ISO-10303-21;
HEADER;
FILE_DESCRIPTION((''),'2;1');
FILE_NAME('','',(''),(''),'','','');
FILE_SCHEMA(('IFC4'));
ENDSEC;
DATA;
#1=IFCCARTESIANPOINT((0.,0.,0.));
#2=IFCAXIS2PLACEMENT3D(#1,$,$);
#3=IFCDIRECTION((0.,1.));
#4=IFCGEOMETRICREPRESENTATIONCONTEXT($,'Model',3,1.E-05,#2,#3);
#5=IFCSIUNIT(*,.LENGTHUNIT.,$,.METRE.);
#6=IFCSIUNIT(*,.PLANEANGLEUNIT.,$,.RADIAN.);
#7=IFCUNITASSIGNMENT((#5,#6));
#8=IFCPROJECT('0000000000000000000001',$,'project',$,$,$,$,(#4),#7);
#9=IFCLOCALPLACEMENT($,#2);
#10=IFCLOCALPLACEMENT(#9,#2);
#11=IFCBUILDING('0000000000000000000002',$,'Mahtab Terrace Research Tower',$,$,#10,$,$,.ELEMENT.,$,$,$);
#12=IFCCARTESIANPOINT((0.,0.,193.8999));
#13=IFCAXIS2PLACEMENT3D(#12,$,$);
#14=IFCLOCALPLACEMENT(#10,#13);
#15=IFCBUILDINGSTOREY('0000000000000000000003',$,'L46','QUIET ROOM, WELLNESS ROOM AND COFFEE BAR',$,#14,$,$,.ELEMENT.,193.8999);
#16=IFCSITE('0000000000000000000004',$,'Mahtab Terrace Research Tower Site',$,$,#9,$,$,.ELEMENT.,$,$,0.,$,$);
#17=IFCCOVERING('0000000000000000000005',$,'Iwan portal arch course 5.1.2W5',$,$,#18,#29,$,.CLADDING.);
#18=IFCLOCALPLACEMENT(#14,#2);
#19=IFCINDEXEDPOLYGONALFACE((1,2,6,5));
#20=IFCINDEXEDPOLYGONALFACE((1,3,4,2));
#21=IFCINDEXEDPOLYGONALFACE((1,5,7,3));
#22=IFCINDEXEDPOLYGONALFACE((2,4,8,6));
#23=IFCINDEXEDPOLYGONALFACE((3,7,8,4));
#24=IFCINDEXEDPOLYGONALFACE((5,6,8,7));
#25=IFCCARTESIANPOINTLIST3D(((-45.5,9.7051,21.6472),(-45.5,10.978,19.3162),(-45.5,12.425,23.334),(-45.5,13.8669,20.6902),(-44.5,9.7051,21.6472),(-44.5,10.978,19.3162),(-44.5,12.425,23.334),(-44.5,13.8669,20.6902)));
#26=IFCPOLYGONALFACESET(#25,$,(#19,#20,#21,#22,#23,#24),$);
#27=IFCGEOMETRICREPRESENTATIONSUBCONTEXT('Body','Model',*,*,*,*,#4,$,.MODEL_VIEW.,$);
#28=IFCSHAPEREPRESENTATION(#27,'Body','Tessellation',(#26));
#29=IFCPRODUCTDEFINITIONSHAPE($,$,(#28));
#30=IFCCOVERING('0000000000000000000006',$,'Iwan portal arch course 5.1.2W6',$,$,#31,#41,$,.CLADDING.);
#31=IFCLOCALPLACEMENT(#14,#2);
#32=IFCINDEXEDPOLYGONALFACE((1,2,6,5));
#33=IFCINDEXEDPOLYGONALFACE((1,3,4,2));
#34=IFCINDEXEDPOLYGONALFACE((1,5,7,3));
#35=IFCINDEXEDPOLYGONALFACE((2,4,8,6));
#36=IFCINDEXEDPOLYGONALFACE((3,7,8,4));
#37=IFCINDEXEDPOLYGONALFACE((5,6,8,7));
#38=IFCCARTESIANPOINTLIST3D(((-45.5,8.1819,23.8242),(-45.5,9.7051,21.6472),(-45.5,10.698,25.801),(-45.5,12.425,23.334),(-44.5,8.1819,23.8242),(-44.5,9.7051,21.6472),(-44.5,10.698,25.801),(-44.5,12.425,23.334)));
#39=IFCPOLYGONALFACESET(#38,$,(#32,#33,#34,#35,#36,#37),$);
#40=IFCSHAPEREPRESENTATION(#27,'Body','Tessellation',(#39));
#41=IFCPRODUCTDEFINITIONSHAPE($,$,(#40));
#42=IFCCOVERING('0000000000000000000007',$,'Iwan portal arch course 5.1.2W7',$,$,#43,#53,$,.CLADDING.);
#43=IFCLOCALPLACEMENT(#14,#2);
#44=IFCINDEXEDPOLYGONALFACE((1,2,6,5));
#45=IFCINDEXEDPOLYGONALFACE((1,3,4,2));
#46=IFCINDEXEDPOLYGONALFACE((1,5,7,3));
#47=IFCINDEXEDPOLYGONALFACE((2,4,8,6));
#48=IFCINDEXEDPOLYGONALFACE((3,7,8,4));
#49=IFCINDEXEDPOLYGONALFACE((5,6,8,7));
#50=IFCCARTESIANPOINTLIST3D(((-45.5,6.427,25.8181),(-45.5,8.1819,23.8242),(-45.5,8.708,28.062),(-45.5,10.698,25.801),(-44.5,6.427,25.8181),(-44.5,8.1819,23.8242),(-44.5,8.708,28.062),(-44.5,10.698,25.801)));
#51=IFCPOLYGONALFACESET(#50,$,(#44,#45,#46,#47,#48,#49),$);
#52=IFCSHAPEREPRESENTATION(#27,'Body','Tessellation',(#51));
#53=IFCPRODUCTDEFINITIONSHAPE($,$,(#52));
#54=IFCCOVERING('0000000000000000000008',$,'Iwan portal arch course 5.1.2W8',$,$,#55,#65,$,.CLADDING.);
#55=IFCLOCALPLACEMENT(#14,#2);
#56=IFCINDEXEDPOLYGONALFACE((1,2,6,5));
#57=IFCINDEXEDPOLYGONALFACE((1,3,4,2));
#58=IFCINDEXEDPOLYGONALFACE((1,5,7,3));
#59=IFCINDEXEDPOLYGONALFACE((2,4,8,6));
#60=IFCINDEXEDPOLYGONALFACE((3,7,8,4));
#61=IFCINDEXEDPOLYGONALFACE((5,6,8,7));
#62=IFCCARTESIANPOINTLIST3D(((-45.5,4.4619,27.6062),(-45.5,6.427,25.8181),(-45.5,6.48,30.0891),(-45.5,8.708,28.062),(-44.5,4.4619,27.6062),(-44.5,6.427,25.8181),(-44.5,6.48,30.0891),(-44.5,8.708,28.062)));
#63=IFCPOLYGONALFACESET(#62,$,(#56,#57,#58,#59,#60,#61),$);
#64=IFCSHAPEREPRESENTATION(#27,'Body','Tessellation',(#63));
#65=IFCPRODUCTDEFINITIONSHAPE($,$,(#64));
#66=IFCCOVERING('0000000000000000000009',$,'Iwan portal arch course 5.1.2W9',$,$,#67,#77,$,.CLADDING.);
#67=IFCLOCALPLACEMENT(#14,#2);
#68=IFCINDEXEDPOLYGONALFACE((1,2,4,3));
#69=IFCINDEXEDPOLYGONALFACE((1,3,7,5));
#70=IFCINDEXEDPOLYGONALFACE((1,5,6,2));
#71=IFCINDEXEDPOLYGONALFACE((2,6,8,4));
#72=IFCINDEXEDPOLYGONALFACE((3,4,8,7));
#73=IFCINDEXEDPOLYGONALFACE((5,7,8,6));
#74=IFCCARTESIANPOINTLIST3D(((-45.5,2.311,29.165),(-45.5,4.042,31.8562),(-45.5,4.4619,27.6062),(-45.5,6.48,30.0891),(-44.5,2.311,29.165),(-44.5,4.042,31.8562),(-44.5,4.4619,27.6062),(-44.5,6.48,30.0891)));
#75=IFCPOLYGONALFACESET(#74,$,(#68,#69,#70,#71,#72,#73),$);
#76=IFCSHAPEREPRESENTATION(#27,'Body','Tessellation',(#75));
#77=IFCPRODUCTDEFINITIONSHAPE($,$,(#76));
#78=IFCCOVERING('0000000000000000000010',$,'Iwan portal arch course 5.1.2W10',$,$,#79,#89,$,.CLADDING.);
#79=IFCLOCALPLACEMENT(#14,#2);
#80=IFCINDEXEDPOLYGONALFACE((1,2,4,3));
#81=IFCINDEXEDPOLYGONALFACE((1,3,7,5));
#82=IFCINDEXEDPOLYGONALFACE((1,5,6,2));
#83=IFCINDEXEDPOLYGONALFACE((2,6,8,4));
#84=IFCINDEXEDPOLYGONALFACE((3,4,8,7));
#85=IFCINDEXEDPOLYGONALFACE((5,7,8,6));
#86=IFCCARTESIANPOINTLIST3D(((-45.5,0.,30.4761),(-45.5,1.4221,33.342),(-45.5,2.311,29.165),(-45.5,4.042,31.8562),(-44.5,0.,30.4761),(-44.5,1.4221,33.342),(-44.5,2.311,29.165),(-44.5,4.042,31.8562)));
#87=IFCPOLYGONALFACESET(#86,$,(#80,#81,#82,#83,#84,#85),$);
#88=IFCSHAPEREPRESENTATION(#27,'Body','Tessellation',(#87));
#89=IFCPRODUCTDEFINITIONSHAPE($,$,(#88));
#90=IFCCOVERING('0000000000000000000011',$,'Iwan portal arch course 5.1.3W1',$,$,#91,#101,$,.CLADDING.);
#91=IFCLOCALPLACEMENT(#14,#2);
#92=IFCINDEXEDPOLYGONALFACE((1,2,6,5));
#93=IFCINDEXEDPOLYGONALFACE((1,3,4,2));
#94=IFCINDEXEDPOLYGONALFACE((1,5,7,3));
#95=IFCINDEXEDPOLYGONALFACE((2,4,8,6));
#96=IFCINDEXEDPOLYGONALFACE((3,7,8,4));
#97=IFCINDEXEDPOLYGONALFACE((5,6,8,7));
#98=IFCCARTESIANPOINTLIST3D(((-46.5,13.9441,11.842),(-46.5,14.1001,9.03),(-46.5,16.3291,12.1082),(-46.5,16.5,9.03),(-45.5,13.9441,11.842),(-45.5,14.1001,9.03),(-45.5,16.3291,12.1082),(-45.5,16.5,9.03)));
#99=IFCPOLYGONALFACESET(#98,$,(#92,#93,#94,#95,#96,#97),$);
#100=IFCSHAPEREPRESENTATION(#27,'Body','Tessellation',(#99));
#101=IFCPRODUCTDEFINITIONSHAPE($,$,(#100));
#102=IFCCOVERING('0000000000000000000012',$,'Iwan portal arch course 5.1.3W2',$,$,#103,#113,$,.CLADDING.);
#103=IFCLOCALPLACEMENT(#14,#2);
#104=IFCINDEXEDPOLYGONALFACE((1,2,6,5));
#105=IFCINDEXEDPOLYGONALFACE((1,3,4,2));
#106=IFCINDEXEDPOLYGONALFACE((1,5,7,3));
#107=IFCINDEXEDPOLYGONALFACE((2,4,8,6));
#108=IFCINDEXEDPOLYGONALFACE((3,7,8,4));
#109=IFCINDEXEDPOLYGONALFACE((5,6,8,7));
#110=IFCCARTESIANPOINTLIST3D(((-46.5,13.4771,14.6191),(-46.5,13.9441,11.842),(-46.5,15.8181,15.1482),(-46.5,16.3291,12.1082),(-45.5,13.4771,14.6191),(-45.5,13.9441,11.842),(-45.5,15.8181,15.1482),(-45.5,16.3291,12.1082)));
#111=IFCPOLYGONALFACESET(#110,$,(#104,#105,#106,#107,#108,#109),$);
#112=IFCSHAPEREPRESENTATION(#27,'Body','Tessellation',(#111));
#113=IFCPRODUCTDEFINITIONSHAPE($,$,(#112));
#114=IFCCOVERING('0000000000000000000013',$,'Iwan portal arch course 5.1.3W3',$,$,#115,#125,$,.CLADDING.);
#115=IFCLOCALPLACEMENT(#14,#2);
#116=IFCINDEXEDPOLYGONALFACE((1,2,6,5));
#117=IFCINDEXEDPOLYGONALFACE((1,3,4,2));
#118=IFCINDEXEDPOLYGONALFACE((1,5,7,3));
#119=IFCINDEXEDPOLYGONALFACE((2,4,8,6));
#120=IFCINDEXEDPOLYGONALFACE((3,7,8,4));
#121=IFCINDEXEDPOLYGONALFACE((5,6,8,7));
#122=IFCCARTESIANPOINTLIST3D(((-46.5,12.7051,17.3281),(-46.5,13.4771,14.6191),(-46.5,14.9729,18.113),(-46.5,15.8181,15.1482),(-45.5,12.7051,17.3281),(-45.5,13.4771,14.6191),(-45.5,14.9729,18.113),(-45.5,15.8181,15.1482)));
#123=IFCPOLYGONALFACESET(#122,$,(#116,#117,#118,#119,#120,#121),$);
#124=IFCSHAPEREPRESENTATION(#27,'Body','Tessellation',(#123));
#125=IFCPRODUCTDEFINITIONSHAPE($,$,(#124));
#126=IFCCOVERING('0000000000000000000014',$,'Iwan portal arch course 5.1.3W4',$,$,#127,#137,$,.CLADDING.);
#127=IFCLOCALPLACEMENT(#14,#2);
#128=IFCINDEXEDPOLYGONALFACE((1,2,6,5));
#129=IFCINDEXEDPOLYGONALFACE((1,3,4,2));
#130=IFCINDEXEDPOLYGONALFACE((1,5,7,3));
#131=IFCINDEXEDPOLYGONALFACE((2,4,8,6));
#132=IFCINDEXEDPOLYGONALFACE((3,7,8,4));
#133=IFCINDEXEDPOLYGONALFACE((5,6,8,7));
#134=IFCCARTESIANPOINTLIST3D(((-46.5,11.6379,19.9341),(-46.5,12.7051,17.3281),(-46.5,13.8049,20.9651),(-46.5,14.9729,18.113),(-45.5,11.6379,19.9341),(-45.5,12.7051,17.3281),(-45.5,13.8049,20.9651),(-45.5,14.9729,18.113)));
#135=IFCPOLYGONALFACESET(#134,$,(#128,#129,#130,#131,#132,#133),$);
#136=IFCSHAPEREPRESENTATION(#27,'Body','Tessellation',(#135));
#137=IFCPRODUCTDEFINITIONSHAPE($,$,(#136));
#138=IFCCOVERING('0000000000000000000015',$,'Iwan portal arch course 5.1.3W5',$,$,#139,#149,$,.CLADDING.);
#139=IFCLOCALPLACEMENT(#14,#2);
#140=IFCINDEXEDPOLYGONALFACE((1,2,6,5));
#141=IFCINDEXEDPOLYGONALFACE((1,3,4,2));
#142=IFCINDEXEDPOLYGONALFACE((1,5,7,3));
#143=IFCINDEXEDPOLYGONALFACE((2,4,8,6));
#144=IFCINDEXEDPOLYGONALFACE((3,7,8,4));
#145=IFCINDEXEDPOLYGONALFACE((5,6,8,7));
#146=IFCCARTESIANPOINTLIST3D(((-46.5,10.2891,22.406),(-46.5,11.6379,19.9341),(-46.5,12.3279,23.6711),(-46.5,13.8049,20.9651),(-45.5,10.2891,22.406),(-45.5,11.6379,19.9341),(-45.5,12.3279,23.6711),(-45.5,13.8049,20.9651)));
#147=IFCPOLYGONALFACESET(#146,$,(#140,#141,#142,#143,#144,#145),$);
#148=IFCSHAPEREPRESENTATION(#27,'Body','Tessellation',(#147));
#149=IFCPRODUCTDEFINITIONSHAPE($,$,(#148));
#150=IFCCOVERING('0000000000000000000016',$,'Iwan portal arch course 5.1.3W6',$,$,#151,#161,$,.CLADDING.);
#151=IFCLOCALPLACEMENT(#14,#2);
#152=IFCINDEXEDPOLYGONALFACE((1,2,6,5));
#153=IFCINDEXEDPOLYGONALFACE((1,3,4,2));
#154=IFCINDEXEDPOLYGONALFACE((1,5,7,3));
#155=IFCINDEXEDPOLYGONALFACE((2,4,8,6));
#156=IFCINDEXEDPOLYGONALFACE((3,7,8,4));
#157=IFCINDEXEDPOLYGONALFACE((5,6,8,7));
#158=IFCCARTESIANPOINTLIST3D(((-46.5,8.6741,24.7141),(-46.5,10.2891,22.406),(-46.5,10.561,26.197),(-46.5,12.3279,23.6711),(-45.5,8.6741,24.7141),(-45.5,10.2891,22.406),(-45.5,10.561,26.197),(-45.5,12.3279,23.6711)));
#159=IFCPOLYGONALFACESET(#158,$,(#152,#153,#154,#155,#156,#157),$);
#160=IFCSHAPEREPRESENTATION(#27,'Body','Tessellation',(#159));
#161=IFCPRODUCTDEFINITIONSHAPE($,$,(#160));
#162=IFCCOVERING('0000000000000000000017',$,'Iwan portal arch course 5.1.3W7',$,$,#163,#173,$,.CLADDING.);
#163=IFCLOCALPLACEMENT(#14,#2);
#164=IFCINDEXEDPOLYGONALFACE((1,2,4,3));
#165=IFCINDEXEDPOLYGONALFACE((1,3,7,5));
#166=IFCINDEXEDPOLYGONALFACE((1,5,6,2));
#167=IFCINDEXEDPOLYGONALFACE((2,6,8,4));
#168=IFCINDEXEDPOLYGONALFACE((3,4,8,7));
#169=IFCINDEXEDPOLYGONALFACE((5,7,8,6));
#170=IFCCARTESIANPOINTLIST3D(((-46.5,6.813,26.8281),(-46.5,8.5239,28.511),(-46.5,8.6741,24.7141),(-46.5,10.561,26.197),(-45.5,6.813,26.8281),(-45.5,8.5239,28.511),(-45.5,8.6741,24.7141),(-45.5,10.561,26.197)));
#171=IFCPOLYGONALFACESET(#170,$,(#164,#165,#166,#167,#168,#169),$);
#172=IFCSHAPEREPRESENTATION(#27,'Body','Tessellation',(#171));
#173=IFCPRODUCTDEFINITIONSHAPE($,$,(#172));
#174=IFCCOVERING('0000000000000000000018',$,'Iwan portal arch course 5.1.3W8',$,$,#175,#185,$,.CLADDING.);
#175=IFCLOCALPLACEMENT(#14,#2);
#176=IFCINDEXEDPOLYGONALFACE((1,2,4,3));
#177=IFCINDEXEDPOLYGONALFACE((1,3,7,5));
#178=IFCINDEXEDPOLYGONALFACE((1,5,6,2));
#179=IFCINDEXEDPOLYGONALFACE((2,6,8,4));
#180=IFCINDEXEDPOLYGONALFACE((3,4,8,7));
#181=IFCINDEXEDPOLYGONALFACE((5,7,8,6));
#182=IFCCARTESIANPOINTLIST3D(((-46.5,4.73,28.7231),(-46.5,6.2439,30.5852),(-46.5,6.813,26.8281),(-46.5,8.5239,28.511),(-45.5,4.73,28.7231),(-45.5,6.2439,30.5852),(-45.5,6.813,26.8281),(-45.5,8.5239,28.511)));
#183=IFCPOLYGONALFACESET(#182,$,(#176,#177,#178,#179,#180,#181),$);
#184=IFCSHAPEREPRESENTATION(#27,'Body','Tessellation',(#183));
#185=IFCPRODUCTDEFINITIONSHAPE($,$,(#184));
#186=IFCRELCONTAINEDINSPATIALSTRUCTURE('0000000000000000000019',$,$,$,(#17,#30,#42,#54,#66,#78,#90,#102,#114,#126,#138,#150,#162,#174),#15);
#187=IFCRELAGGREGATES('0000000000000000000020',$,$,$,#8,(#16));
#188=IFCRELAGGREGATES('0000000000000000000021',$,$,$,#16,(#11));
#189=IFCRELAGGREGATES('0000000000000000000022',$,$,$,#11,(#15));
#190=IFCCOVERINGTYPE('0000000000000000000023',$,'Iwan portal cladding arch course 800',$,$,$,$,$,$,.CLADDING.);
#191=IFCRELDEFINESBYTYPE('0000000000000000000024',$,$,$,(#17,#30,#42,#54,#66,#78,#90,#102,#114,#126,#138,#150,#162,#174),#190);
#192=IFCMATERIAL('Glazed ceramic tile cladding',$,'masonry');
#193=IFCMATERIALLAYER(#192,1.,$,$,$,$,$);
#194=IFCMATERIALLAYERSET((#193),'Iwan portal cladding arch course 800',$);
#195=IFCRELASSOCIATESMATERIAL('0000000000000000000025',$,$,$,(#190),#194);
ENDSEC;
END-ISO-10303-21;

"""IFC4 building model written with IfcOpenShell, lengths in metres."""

from ifc_helpers import new_model, si_unit, direction, frame, origin, place, context, subcontext, project, spatial, polyline, outline, extrude, material, layer, layer_set, type_object, element, save


model = new_model("IFC4")

# Units and contexts
model_context = context("Model", 3, precision=1e-05, world=origin(), true_north=direction((0.0, 1.0)))
body_context = subcontext(model_context, "Body", "Model", "MODEL_VIEW")
ifc_project = project(units=[si_unit("LENGTHUNIT", "METRE"), si_unit("PLANEANGLEUNIT", "RADIAN")], contexts=[model_context])

# Site, building, storey
site_placement = place(None, origin())
site = spatial("IfcSite", under=ifc_project, at=site_placement, Name="Mahtab Terrace Research Tower Site", CompositionType="ELEMENT", RefElevation=0.0)
building_placement = place(site_placement, origin())
building = spatial("IfcBuilding", under=site, at=building_placement, Name="Mahtab Terrace Research Tower", CompositionType="ELEMENT")
storey_placement = place(building_placement, frame((0.0, 0.0, 193.8999)))
storey = spatial("IfcBuildingStorey", under=building, at=storey_placement, Name="L46", Description="QUIET ROOM, WELLNESS ROOM AND COFFEE BAR", CompositionType="ELEMENT", Elevation=193.8999)

# Coverings
ifc_material_1 = material(Name="Glazed ceramic tile cladding", Category="masonry")
ifc_layer_1 = layer(ifc_material_1, 1.0)
ifc_layer_set_1 = layer_set([ifc_layer_1], Name="Iwan portal cladding arch course 800")
covering_type_1 = type_object("IfcCoveringType", Name="Iwan portal cladding arch course 800", PredefinedType="CLADDING", material=ifc_layer_set_1)
covering_1_placement = place(storey_placement, frame((-44.5, 13.8669, 20.6902), z_axis=(1.0, 0.0, 0.0), x_axis=(0.0, -0.478807, 0.87792)))
element("IfcCovering", 1, at=covering_1_placement, inside=storey, type_object=covering_type_1, Name="Iwan portal arch course 5.1.2W5", PredefinedType="CLADDING", context=body_context, shape_type="SweptSolid", body=[
    extrude(outline(polyline([(0.0, 0.0), (3.0114, 0.0), (2.8329, 3.1956), (0.1769, 3.1941), (0.0, 0.0)])), origin(), (0.0, 0.0, -1.0), 1.0),
])
covering_2_placement = place(storey_placement, frame((-44.5, 12.425, 23.334), z_axis=(1.0, 0.0, 0.0), x_axis=(0.0, -0.57349, 0.819213)))
element("IfcCovering", 2, at=covering_2_placement, inside=storey, type_object=covering_type_1, Name="Iwan portal arch course 5.1.2W6", PredefinedType="CLADDING", context=body_context, shape_type="SweptSolid", body=[
    extrude(outline(polyline([(0.0, 0.0), (3.0115, 0.0), (2.835, 3.1949), (0.1781, 3.1956), (0.0, 0.0)])), origin(), (0.0, 0.0, -1.0), 1.0),
])
covering_3_placement = place(storey_placement, frame((-44.5, 10.698, 25.801), z_axis=(1.0, 0.0, 0.0), x_axis=(0.0, -0.660688, 0.75066)))
element("IfcCovering", 3, at=covering_3_placement, inside=storey, type_object=covering_type_1, Name="Iwan portal arch course 5.1.2W7", PredefinedType="CLADDING", context=body_context, shape_type="SweptSolid", body=[
    extrude(outline(polyline([(0.0, 0.0), (3.012, 0.0), (2.8346, 3.1948), (0.1785, 3.1948), (0.0, 0.0)])), origin(), (0.0, 0.0, -1.0), 1.0),
])
covering_4_placement = place(storey_placement, frame((-44.5, 8.708, 28.062), z_axis=(1.0, 0.0, 0.0), x_axis=(0.0, -0.739672, 0.672967)))
element("IfcCovering", 4, at=covering_4_placement, inside=storey, type_object=covering_type_1, Name="Iwan portal arch course 5.1.2W8", PredefinedType="CLADDING", context=body_context, shape_type="SweptSolid", body=[
    extrude(outline(polyline([(0.0, 0.0), (3.0122, 0.0), (2.834, 3.1946), (0.1771, 3.1948), (0.0, 0.0)])), origin(), (0.0, 0.0, -1.0), 1.0),
])
covering_5_placement = place(storey_placement, frame((-44.5, 6.48, 30.0891), z_axis=(1.0, 0.0, 0.0), x_axis=(0.0, -0.809682, 0.586869)))
element("IfcCovering", 5, at=covering_5_placement, inside=storey, type_object=covering_type_1, Name="Iwan portal arch course 5.1.2W9", PredefinedType="CLADDING", context=body_context, shape_type="SweptSolid", body=[
    extrude(outline(polyline([(0.0, 0.0), (3.011, 0.0), (2.8332, 3.1948), (0.1768, 3.1947), (0.0, 0.0)])), origin(), (0.0, 0.0, -1.0), 1.0),
])
covering_6_placement = place(storey_placement, frame((-44.5, 4.042, 31.8562), z_axis=(1.0, 0.0, 0.0), x_axis=(0.0, -0.869845, 0.493325)))
element("IfcCovering", 6, at=covering_6_placement, inside=storey, type_object=covering_type_1, Name="Iwan portal arch course 5.1.2W10", PredefinedType="CLADDING", context=body_context, shape_type="SweptSolid", body=[
    extrude(outline(polyline([(0.0, 0.0), (3.0119, 0.0), (2.8351, 3.1945), (0.178, 3.1948), (0.0, 0.0)])), origin(), (0.0, 0.0, -1.0), 1.0),
])
covering_7_placement = place(storey_placement, frame((-45.5, 16.5, 9.03), z_axis=(1.0, 0.0, 0.0), x_axis=(0.0, -0.055435, 0.998462)))
element("IfcCovering", 7, at=covering_7_placement, inside=storey, type_object=covering_type_1, Name="Iwan portal arch course 5.1.3W1", PredefinedType="CLADDING", context=body_context, shape_type="SweptSolid", body=[
    extrude(outline(polyline([(0.0, 0.0), (3.0829, 0.0), (2.9494, 2.3961), (0.133, 2.3962), (0.0, 0.0)])), origin(), (0.0, 0.0, -1.0), 1.0),
])
covering_8_placement = place(storey_placement, frame((-45.5, 16.3291, 12.1082), z_axis=(1.0, 0.0, 0.0), x_axis=(0.0, -0.16576, 0.986166)))
element("IfcCovering", 8, at=covering_8_placement, inside=storey, type_object=covering_type_1, Name="Iwan portal arch course 5.1.3W2", PredefinedType="CLADDING", context=body_context, shape_type="SweptSolid", body=[
    extrude(outline(polyline([(0.0, 0.0), (3.0827, 0.0), (2.949, 2.3964), (0.1329, 2.3961), (0.0, 0.0)])), origin(), (0.0, 0.0, -1.0), 1.0),
])
covering_9_placement = place(storey_placement, frame((-45.5, 15.8181, 15.1482), z_axis=(1.0, 0.0, 0.0), x_axis=(0.0, -0.274156, 0.961685)))
element("IfcCovering", 9, at=covering_9_placement, inside=storey, type_object=covering_type_1, Name="Iwan portal arch course 5.1.3W3", PredefinedType="CLADDING", context=body_context, shape_type="SweptSolid", body=[
    extrude(outline(polyline([(0.0, 0.0), (3.083, 0.0), (2.9499, 2.3961), (0.133, 2.3964), (0.0, 0.0)])), origin(), (0.0, 0.0, -1.0), 1.0),
])
covering_10_placement = place(storey_placement, frame((-45.5, 14.9729, 18.113), z_axis=(1.0, 0.0, 0.0), x_axis=(0.0, -0.378972, 0.925408)))
element("IfcCovering", 10, at=covering_10_placement, inside=storey, type_object=covering_type_1, Name="Iwan portal arch course 5.1.3W4", PredefinedType="CLADDING", context=body_context, shape_type="SweptSolid", body=[
    extrude(outline(polyline([(0.0, 0.0), (3.0819, 0.0), (2.9491, 2.3961), (0.1331, 2.3961), (0.0, 0.0)])), origin(), (0.0, 0.0, -1.0), 1.0),
])
covering_11_placement = place(storey_placement, frame((-45.5, 13.8049, 20.9651), z_axis=(1.0, 0.0, 0.0), x_axis=(0.0, -0.479107, 0.877756)))
element("IfcCovering", 11, at=covering_11_placement, inside=storey, type_object=covering_type_1, Name="Iwan portal arch course 5.1.3W5", PredefinedType="CLADDING", context=body_context, shape_type="SweptSolid", body=[
    extrude(outline(polyline([(0.0, 0.0), (3.0829, 0.0), (2.9493, 2.3957), (0.1332, 2.3961), (0.0, 0.0)])), origin(), (0.0, 0.0, -1.0), 1.0),
])
covering_12_placement = place(storey_placement, frame((-45.5, 12.3279, 23.6711), z_axis=(1.0, 0.0, 0.0), x_axis=(0.0, -0.573186, 0.819425)))
element("IfcCovering", 12, at=covering_12_placement, inside=storey, type_object=covering_type_1, Name="Iwan portal arch course 5.1.3W6", PredefinedType="CLADDING", context=body_context, shape_type="SweptSolid", body=[
    extrude(outline(polyline([(0.0, 0.0), (3.0825, 0.0), (2.9489, 2.3962), (0.1319, 2.3958), (0.0, 0.0)])), origin(), (0.0, 0.0, -1.0), 1.0),
])
covering_13_placement = place(storey_placement, frame((-45.5, 10.561, 26.197), z_axis=(1.0, 0.0, 0.0), x_axis=(0.0, -0.660778, 0.750582)))
element("IfcCovering", 13, at=covering_13_placement, inside=storey, type_object=covering_type_1, Name="Iwan portal arch course 5.1.3W7", PredefinedType="CLADDING", context=body_context, shape_type="SweptSolid", body=[
    extrude(outline(polyline([(0.0, 0.0), (3.0829, 0.0), (2.9503, 2.3962), (0.1338, 2.3962), (0.0, 0.0)])), origin(), (0.0, 0.0, -1.0), 1.0),
])
covering_14_placement = place(storey_placement, frame((-45.5, 8.5239, 28.511), z_axis=(1.0, 0.0, 0.0), x_axis=(0.0, -0.739703, 0.672933)))
element("IfcCovering", 14, at=covering_14_placement, inside=storey, type_object=covering_type_1, Name="Iwan portal arch course 5.1.3W8", PredefinedType="CLADDING", context=body_context, shape_type="SweptSolid", body=[
    extrude(outline(polyline([(0.0, 0.0), (3.0824, 0.0), (2.9492, 2.3961), (0.1331, 2.3962), (0.0, 0.0)])), origin(), (0.0, 0.0, -1.0), 1.0),
])

save(model, "model.ifc")
